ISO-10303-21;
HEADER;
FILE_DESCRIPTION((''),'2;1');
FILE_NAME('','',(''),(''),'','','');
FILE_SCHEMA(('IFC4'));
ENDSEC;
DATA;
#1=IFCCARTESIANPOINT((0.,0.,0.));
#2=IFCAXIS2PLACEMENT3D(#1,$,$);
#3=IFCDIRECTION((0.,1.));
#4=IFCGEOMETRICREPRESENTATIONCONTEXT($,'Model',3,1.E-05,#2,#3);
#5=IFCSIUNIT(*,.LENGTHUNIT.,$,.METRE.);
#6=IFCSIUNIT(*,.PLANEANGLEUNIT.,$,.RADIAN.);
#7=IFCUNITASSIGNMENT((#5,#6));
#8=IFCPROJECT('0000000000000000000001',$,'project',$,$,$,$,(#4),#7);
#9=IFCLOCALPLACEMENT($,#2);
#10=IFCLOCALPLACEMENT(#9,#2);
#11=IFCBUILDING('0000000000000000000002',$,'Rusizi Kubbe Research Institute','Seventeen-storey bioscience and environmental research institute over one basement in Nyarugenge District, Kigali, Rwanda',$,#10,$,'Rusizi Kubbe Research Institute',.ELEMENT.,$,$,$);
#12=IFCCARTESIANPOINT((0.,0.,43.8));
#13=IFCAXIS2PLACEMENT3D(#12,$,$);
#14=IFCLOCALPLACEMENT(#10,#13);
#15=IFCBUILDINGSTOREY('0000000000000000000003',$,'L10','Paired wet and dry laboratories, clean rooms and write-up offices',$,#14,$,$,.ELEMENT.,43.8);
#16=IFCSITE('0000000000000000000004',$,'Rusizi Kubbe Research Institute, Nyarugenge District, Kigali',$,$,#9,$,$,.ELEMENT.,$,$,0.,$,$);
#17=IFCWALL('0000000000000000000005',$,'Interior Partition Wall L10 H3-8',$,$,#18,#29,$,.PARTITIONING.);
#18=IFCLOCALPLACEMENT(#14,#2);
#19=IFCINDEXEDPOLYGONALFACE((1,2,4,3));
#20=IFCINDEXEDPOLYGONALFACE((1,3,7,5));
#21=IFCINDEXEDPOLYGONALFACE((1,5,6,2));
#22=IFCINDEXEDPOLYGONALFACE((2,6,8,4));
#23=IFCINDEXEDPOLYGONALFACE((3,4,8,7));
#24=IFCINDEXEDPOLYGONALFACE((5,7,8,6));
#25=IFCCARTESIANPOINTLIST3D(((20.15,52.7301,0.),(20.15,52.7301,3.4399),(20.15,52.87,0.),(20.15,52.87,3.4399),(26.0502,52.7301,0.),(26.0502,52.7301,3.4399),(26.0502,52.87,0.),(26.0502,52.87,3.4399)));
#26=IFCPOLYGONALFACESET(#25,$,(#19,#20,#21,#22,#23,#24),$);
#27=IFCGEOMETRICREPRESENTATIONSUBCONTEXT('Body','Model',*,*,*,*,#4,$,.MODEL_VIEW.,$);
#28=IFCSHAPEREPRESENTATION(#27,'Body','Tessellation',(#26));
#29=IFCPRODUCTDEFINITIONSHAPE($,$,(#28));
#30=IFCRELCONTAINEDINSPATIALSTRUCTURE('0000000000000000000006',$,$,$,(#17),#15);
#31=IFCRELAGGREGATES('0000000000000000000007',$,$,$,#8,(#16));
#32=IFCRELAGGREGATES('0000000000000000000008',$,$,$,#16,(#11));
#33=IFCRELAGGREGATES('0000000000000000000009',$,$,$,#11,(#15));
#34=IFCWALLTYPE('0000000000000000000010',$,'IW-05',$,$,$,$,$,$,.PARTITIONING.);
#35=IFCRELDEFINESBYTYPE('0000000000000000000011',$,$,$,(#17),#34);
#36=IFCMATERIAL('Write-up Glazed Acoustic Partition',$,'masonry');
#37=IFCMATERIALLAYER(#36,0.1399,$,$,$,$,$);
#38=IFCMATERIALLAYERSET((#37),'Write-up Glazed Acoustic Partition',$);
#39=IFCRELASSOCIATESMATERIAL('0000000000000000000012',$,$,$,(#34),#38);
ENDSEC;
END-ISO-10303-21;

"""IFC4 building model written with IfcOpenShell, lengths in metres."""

from ifc_helpers import new_model, si_unit, direction, frame, frame_2d, origin, place, context, subcontext, project, spatial, rectangle, extrude, material, layer, layer_set, type_object, element, save


model = new_model("IFC4")

# Units and contexts
model_context = context("Model", 3, precision=1e-05, world=origin(), true_north=direction((0.0, 1.0)))
body_context = subcontext(model_context, "Body", "Model", "MODEL_VIEW")
ifc_project = project(units=[si_unit("LENGTHUNIT", "METRE"), si_unit("PLANEANGLEUNIT", "RADIAN")], contexts=[model_context])

# Site, building, storey
site_placement = place(None, origin())
site = spatial("IfcSite", under=ifc_project, at=site_placement, Name="Rusizi Kubbe Research Institute, Nyarugenge District, Kigali", CompositionType="ELEMENT", RefElevation=0.0)
building_placement = place(site_placement, origin())
building = spatial("IfcBuilding", under=site, at=building_placement, Name="Rusizi Kubbe Research Institute", Description="Seventeen-storey bioscience and environmental research institute over one basement in Nyarugenge District, Kigali, Rwanda", LongName="Rusizi Kubbe Research Institute", CompositionType="ELEMENT")
storey_placement = place(building_placement, frame((0.0, 0.0, 43.8)))
storey = spatial("IfcBuildingStorey", under=building, at=storey_placement, Name="L10", Description="Paired wet and dry laboratories, clean rooms and write-up offices", CompositionType="ELEMENT", Elevation=43.8)

# Wall
ifc_material_1 = material(Name="Write-up Glazed Acoustic Partition", Category="masonry")
ifc_layer_1 = layer(ifc_material_1, 0.1399)
ifc_layer_set_1 = layer_set([ifc_layer_1], Name="Write-up Glazed Acoustic Partition")
wall_type_1 = type_object("IfcWallType", Name="IW-05", PredefinedType="PARTITIONING", material=ifc_layer_set_1)
wall_1_placement = place(storey_placement, frame((20.1499, 52.8, 0.0), z_axis=(0.0, 0.0, 1.0), x_axis=(1.0, 0.0, 0.0)))
element("IfcWall", 1, at=wall_1_placement, inside=storey, type_object=wall_type_1, Name="Interior Partition Wall L10 H3-8", PredefinedType="PARTITIONING", context=body_context, shape_type="SweptSolid", body=[
    extrude(rectangle(XDim=5.9001, YDim=0.1399, at=frame_2d((2.9502, 0.0))), origin(), (0.0, 0.0, 1.0), 3.4399),
])

save(model, "model.ifc")
